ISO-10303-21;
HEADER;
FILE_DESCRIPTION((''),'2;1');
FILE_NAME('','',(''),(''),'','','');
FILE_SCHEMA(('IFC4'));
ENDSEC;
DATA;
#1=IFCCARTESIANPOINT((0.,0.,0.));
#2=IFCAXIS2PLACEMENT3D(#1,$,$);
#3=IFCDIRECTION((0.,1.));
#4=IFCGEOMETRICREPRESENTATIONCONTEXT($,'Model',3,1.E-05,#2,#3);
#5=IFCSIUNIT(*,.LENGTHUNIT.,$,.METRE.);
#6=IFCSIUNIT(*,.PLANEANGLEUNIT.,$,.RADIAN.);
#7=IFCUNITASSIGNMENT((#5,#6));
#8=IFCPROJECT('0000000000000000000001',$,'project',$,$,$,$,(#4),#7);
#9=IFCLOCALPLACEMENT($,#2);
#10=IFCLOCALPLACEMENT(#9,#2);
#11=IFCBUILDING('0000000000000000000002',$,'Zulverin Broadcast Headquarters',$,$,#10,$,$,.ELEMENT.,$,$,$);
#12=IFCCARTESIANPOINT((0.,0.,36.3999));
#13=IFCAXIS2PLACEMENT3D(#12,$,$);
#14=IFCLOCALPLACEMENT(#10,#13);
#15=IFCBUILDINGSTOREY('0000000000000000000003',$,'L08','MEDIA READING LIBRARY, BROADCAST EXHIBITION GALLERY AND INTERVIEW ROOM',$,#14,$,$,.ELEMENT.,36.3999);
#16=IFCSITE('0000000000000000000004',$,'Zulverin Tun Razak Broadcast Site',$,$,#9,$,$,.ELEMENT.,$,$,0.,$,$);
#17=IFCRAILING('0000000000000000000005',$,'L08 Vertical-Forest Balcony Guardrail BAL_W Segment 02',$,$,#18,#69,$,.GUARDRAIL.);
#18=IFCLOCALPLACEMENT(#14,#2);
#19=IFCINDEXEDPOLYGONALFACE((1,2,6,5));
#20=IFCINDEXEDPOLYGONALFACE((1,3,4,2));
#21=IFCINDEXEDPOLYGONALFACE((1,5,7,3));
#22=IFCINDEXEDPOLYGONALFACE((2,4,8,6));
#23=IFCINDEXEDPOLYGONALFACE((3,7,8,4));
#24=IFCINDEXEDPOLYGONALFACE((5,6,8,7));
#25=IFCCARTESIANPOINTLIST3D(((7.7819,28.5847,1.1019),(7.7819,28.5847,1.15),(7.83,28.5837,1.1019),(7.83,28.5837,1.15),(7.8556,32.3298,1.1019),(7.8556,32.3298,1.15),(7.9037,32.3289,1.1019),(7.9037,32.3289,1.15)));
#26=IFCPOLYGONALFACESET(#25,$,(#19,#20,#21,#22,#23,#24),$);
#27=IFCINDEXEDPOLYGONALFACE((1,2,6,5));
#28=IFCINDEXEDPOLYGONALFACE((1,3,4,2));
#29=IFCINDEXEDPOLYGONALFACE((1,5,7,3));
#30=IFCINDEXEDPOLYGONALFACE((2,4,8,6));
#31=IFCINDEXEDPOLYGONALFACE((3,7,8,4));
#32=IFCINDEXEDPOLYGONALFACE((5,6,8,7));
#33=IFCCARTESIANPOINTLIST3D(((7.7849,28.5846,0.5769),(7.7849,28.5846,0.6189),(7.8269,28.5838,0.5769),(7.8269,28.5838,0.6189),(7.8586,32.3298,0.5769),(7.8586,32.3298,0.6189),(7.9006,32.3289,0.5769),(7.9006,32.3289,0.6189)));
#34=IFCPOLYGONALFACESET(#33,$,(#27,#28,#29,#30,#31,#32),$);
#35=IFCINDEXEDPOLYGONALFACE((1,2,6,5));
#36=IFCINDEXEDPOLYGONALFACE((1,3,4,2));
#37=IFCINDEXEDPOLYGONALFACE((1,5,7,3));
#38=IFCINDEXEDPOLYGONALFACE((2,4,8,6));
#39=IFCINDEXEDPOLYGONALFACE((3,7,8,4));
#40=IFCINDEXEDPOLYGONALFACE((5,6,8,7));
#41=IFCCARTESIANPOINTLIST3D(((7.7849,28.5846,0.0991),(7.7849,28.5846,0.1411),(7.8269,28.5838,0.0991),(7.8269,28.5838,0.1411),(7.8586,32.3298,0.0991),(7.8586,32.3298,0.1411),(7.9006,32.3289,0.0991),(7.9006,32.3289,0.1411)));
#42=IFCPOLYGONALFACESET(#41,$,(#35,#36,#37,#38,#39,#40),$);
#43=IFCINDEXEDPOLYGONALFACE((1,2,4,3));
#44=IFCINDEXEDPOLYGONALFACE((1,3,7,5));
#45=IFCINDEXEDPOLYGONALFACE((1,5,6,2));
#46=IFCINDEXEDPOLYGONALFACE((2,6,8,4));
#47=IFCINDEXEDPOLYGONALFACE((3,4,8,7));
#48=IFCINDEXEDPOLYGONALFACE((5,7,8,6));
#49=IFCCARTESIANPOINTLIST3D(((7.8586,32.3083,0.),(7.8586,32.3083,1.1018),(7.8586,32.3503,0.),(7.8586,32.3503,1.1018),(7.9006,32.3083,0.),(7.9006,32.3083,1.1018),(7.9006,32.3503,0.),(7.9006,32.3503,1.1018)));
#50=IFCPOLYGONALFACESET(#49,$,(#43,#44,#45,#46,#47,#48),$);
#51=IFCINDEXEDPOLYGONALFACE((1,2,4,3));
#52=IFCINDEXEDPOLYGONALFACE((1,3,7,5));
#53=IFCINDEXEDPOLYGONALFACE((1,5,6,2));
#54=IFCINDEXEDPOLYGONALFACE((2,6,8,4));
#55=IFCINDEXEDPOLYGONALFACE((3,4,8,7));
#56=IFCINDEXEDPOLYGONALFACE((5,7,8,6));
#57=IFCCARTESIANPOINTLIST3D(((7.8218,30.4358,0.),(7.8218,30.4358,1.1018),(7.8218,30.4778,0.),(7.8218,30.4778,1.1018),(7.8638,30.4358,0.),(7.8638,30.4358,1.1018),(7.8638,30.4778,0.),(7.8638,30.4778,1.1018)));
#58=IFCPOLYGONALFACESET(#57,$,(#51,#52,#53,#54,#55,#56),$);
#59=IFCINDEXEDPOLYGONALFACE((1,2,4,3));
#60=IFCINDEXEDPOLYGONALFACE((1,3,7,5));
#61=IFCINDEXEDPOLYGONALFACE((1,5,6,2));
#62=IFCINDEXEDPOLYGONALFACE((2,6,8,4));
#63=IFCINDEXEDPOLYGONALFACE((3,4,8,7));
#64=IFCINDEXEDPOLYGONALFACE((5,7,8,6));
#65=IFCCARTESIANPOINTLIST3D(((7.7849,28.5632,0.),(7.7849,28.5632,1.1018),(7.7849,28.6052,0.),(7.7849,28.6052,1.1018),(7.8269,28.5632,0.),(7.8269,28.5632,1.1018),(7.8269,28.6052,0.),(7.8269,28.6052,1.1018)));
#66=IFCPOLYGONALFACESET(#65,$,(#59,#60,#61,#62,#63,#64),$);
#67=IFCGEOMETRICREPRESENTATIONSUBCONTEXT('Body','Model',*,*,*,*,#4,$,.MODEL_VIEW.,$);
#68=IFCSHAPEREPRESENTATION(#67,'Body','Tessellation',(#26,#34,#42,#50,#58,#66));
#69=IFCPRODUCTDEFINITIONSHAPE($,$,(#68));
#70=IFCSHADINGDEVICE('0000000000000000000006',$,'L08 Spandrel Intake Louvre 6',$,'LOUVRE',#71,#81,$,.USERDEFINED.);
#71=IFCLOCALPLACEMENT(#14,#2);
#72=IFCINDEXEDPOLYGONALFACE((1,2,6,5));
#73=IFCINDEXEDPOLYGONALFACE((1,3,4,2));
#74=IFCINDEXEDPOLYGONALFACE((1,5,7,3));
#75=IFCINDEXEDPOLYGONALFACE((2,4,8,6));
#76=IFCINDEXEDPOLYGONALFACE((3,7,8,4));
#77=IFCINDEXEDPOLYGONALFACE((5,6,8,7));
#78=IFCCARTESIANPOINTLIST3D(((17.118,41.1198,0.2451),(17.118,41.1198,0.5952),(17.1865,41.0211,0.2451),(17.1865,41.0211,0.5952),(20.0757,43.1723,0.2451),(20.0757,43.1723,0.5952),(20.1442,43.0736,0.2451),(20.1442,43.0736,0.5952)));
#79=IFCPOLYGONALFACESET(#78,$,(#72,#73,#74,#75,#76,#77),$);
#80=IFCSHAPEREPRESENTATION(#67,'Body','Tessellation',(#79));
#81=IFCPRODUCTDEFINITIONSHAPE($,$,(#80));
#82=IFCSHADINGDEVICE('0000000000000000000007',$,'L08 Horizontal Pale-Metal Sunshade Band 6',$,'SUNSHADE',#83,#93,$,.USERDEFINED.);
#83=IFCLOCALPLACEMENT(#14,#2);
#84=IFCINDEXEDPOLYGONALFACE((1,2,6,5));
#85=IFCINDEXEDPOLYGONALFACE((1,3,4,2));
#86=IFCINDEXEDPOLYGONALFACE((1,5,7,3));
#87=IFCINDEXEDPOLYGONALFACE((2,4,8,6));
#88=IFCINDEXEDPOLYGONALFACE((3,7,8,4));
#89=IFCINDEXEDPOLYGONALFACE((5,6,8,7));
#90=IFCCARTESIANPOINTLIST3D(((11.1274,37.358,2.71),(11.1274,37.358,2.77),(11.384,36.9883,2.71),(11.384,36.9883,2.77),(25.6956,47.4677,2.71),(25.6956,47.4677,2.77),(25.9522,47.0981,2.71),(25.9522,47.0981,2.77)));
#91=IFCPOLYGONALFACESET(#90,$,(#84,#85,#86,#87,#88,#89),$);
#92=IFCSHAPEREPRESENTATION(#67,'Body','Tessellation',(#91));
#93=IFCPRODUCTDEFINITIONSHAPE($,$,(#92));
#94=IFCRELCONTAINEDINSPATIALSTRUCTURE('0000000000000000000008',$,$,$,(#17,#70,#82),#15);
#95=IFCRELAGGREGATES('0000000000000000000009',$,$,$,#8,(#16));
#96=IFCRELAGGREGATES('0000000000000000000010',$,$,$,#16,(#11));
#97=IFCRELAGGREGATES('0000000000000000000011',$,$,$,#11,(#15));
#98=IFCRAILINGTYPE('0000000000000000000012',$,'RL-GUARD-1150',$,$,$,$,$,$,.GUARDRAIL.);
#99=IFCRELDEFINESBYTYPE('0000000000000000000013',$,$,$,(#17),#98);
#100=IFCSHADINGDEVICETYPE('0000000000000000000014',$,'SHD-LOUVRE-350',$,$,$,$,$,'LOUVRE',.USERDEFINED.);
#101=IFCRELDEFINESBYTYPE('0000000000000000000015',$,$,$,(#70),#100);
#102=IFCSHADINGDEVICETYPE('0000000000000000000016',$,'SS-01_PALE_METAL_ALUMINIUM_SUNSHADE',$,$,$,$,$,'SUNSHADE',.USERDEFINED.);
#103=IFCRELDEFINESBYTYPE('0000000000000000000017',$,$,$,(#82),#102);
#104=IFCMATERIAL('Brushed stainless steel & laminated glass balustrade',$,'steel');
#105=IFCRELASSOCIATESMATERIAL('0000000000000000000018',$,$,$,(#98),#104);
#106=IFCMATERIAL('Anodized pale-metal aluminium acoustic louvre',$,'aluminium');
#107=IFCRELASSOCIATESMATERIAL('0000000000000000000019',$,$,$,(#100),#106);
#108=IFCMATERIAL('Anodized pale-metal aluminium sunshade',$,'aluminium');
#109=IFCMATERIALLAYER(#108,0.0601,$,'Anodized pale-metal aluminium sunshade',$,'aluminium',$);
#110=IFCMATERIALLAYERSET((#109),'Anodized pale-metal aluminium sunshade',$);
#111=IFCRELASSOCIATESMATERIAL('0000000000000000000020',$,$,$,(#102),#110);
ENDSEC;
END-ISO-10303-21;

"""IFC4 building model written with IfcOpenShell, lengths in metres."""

from ifc_helpers import new_model, si_unit, direction, frame, origin, origin_2d, place, context, subcontext, project, spatial, rectangle, extrude, material, layer, layer_set, type_object, element, save


model = new_model("IFC4")

# Units and contexts
model_context = context("Model", 3, precision=1e-05, world=origin(), true_north=direction((0.0, 1.0)))
body_context = subcontext(model_context, "Body", "Model", "MODEL_VIEW")
ifc_project = project(units=[si_unit("LENGTHUNIT", "METRE"), si_unit("PLANEANGLEUNIT", "RADIAN")], contexts=[model_context])

# Site, building, storey
site_placement = place(None, origin())
site = spatial("IfcSite", under=ifc_project, at=site_placement, Name="Zulverin Tun Razak Broadcast Site", CompositionType="ELEMENT", RefElevation=0.0)
building_placement = place(site_placement, origin())
building = spatial("IfcBuilding", under=site, at=building_placement, Name="Zulverin Broadcast Headquarters", CompositionType="ELEMENT")
storey_placement = place(building_placement, frame((0.0, 0.0, 36.3999)))
storey = spatial("IfcBuildingStorey", under=building, at=storey_placement, Name="L08", Description="MEDIA READING LIBRARY, BROADCAST EXHIBITION GALLERY AND INTERVIEW ROOM", CompositionType="ELEMENT", Elevation=36.3999)

# Railing
ifc_material_1 = material(Name="Brushed stainless steel & laminated glass balustrade", Category="steel")
railing_type = type_object("IfcRailingType", Name="RL-GUARD-1150", PredefinedType="GUARDRAIL", material=ifc_material_1)
railing_placement = place(storey_placement, frame((7.8796, 32.3293, 0.0)))
element("IfcRailing", 1, at=railing_placement, inside=storey, type_object=railing_type, Name="L08 Vertical-Forest Balcony Guardrail BAL_W Segment 02", PredefinedType="GUARDRAIL", context=body_context, shape_type="SweptSolid", body=[
    extrude(rectangle(XDim=0.0481, YDim=0.0481, at=origin_2d()), frame((0.0, 0.0, 1.126), z_axis=(-0.019683, -0.999806, 0.0), x_axis=(0.999806, -0.019683, 0.0)), (0.0, 0.0, 1.0), 3.7458),
    extrude(rectangle(XDim=0.042, YDim=0.042, at=origin_2d()), frame((0.0, 0.0, 0.5979), z_axis=(-0.019683, -0.999806, 0.0), x_axis=(0.999806, -0.019683, 0.0)), (0.0, 0.0, 1.0), 3.7458),
    extrude(rectangle(XDim=0.042, YDim=0.042, at=origin_2d()), frame((0.0, 0.0, 0.1201), z_axis=(-0.019683, -0.999806, 0.0), x_axis=(0.999806, -0.019683, 0.0)), (0.0, 0.0, 1.0), 3.7458),
    extrude(rectangle(XDim=0.042, YDim=0.042, at=origin_2d()), origin(), (0.0, 0.0, 1.0), 1.1018),
    extrude(rectangle(XDim=0.042, YDim=0.042, at=origin_2d()), frame((-0.0369, -1.8726, 0.0)), (0.0, 0.0, 1.0), 1.1018),
    extrude(rectangle(XDim=0.042, YDim=0.042, at=origin_2d()), frame((-0.0737, -3.7451, 0.0)), (0.0, 0.0, 1.0), 1.1018),
])

# Shading devices
ifc_material_2 = material(Name="Anodized pale-metal aluminium acoustic louvre", Category="aluminium")
shading_device_type_1 = type_object("IfcShadingDeviceType", Name="SHD-LOUVRE-350", ElementType="LOUVRE", PredefinedType="USERDEFINED", material=ifc_material_2)
shading_device_1_placement = place(storey_placement, frame((18.6311, 42.0967, 0.2451), z_axis=(0.0, 0.0, 1.0), x_axis=(-0.821556, -0.570127, 0.0)))
element("IfcShadingDevice", 2, at=shading_device_1_placement, inside=storey, type_object=shading_device_type_1, Name="L08 Spandrel Intake Louvre 6", ObjectType="LOUVRE", PredefinedType="USERDEFINED", context=body_context, shape_type="SweptSolid", body=[
    extrude(rectangle(XDim=3.6001, YDim=0.1201, at=origin_2d()), origin(), (0.0, 0.0, 1.0), 0.3501),
])
ifc_material_3 = material(Name="Anodized pale-metal aluminium sunshade", Category="aluminium")
ifc_layer_1 = layer(ifc_material_3, 0.0601, Name="Anodized pale-metal aluminium sunshade", Category="aluminium")
ifc_layer_set_1 = layer_set([ifc_layer_1], Name="Anodized pale-metal aluminium sunshade")
shading_device_type_2 = type_object("IfcShadingDeviceType", Name="SS-01_PALE_METAL_ALUMINIUM_SUNSHADE", ElementType="SUNSHADE", PredefinedType="USERDEFINED", material=ifc_layer_set_1)
shading_device_2_placement = place(storey_placement, frame((18.5398, 42.228, 2.71), z_axis=(0.0, 0.0, 1.0), x_axis=(-0.821556, -0.570127, 0.0)))
element("IfcShadingDevice", 3, at=shading_device_2_placement, inside=storey, type_object=shading_device_type_2, Name="L08 Horizontal Pale-Metal Sunshade Band 6", ObjectType="SUNSHADE", PredefinedType="USERDEFINED", context=body_context, shape_type="SweptSolid", body=[
    extrude(rectangle(XDim=17.7324, YDim=0.45, at=origin_2d()), origin(), (0.0, 0.0, 1.0), 0.0601),
])

save(model, "model.ifc")
